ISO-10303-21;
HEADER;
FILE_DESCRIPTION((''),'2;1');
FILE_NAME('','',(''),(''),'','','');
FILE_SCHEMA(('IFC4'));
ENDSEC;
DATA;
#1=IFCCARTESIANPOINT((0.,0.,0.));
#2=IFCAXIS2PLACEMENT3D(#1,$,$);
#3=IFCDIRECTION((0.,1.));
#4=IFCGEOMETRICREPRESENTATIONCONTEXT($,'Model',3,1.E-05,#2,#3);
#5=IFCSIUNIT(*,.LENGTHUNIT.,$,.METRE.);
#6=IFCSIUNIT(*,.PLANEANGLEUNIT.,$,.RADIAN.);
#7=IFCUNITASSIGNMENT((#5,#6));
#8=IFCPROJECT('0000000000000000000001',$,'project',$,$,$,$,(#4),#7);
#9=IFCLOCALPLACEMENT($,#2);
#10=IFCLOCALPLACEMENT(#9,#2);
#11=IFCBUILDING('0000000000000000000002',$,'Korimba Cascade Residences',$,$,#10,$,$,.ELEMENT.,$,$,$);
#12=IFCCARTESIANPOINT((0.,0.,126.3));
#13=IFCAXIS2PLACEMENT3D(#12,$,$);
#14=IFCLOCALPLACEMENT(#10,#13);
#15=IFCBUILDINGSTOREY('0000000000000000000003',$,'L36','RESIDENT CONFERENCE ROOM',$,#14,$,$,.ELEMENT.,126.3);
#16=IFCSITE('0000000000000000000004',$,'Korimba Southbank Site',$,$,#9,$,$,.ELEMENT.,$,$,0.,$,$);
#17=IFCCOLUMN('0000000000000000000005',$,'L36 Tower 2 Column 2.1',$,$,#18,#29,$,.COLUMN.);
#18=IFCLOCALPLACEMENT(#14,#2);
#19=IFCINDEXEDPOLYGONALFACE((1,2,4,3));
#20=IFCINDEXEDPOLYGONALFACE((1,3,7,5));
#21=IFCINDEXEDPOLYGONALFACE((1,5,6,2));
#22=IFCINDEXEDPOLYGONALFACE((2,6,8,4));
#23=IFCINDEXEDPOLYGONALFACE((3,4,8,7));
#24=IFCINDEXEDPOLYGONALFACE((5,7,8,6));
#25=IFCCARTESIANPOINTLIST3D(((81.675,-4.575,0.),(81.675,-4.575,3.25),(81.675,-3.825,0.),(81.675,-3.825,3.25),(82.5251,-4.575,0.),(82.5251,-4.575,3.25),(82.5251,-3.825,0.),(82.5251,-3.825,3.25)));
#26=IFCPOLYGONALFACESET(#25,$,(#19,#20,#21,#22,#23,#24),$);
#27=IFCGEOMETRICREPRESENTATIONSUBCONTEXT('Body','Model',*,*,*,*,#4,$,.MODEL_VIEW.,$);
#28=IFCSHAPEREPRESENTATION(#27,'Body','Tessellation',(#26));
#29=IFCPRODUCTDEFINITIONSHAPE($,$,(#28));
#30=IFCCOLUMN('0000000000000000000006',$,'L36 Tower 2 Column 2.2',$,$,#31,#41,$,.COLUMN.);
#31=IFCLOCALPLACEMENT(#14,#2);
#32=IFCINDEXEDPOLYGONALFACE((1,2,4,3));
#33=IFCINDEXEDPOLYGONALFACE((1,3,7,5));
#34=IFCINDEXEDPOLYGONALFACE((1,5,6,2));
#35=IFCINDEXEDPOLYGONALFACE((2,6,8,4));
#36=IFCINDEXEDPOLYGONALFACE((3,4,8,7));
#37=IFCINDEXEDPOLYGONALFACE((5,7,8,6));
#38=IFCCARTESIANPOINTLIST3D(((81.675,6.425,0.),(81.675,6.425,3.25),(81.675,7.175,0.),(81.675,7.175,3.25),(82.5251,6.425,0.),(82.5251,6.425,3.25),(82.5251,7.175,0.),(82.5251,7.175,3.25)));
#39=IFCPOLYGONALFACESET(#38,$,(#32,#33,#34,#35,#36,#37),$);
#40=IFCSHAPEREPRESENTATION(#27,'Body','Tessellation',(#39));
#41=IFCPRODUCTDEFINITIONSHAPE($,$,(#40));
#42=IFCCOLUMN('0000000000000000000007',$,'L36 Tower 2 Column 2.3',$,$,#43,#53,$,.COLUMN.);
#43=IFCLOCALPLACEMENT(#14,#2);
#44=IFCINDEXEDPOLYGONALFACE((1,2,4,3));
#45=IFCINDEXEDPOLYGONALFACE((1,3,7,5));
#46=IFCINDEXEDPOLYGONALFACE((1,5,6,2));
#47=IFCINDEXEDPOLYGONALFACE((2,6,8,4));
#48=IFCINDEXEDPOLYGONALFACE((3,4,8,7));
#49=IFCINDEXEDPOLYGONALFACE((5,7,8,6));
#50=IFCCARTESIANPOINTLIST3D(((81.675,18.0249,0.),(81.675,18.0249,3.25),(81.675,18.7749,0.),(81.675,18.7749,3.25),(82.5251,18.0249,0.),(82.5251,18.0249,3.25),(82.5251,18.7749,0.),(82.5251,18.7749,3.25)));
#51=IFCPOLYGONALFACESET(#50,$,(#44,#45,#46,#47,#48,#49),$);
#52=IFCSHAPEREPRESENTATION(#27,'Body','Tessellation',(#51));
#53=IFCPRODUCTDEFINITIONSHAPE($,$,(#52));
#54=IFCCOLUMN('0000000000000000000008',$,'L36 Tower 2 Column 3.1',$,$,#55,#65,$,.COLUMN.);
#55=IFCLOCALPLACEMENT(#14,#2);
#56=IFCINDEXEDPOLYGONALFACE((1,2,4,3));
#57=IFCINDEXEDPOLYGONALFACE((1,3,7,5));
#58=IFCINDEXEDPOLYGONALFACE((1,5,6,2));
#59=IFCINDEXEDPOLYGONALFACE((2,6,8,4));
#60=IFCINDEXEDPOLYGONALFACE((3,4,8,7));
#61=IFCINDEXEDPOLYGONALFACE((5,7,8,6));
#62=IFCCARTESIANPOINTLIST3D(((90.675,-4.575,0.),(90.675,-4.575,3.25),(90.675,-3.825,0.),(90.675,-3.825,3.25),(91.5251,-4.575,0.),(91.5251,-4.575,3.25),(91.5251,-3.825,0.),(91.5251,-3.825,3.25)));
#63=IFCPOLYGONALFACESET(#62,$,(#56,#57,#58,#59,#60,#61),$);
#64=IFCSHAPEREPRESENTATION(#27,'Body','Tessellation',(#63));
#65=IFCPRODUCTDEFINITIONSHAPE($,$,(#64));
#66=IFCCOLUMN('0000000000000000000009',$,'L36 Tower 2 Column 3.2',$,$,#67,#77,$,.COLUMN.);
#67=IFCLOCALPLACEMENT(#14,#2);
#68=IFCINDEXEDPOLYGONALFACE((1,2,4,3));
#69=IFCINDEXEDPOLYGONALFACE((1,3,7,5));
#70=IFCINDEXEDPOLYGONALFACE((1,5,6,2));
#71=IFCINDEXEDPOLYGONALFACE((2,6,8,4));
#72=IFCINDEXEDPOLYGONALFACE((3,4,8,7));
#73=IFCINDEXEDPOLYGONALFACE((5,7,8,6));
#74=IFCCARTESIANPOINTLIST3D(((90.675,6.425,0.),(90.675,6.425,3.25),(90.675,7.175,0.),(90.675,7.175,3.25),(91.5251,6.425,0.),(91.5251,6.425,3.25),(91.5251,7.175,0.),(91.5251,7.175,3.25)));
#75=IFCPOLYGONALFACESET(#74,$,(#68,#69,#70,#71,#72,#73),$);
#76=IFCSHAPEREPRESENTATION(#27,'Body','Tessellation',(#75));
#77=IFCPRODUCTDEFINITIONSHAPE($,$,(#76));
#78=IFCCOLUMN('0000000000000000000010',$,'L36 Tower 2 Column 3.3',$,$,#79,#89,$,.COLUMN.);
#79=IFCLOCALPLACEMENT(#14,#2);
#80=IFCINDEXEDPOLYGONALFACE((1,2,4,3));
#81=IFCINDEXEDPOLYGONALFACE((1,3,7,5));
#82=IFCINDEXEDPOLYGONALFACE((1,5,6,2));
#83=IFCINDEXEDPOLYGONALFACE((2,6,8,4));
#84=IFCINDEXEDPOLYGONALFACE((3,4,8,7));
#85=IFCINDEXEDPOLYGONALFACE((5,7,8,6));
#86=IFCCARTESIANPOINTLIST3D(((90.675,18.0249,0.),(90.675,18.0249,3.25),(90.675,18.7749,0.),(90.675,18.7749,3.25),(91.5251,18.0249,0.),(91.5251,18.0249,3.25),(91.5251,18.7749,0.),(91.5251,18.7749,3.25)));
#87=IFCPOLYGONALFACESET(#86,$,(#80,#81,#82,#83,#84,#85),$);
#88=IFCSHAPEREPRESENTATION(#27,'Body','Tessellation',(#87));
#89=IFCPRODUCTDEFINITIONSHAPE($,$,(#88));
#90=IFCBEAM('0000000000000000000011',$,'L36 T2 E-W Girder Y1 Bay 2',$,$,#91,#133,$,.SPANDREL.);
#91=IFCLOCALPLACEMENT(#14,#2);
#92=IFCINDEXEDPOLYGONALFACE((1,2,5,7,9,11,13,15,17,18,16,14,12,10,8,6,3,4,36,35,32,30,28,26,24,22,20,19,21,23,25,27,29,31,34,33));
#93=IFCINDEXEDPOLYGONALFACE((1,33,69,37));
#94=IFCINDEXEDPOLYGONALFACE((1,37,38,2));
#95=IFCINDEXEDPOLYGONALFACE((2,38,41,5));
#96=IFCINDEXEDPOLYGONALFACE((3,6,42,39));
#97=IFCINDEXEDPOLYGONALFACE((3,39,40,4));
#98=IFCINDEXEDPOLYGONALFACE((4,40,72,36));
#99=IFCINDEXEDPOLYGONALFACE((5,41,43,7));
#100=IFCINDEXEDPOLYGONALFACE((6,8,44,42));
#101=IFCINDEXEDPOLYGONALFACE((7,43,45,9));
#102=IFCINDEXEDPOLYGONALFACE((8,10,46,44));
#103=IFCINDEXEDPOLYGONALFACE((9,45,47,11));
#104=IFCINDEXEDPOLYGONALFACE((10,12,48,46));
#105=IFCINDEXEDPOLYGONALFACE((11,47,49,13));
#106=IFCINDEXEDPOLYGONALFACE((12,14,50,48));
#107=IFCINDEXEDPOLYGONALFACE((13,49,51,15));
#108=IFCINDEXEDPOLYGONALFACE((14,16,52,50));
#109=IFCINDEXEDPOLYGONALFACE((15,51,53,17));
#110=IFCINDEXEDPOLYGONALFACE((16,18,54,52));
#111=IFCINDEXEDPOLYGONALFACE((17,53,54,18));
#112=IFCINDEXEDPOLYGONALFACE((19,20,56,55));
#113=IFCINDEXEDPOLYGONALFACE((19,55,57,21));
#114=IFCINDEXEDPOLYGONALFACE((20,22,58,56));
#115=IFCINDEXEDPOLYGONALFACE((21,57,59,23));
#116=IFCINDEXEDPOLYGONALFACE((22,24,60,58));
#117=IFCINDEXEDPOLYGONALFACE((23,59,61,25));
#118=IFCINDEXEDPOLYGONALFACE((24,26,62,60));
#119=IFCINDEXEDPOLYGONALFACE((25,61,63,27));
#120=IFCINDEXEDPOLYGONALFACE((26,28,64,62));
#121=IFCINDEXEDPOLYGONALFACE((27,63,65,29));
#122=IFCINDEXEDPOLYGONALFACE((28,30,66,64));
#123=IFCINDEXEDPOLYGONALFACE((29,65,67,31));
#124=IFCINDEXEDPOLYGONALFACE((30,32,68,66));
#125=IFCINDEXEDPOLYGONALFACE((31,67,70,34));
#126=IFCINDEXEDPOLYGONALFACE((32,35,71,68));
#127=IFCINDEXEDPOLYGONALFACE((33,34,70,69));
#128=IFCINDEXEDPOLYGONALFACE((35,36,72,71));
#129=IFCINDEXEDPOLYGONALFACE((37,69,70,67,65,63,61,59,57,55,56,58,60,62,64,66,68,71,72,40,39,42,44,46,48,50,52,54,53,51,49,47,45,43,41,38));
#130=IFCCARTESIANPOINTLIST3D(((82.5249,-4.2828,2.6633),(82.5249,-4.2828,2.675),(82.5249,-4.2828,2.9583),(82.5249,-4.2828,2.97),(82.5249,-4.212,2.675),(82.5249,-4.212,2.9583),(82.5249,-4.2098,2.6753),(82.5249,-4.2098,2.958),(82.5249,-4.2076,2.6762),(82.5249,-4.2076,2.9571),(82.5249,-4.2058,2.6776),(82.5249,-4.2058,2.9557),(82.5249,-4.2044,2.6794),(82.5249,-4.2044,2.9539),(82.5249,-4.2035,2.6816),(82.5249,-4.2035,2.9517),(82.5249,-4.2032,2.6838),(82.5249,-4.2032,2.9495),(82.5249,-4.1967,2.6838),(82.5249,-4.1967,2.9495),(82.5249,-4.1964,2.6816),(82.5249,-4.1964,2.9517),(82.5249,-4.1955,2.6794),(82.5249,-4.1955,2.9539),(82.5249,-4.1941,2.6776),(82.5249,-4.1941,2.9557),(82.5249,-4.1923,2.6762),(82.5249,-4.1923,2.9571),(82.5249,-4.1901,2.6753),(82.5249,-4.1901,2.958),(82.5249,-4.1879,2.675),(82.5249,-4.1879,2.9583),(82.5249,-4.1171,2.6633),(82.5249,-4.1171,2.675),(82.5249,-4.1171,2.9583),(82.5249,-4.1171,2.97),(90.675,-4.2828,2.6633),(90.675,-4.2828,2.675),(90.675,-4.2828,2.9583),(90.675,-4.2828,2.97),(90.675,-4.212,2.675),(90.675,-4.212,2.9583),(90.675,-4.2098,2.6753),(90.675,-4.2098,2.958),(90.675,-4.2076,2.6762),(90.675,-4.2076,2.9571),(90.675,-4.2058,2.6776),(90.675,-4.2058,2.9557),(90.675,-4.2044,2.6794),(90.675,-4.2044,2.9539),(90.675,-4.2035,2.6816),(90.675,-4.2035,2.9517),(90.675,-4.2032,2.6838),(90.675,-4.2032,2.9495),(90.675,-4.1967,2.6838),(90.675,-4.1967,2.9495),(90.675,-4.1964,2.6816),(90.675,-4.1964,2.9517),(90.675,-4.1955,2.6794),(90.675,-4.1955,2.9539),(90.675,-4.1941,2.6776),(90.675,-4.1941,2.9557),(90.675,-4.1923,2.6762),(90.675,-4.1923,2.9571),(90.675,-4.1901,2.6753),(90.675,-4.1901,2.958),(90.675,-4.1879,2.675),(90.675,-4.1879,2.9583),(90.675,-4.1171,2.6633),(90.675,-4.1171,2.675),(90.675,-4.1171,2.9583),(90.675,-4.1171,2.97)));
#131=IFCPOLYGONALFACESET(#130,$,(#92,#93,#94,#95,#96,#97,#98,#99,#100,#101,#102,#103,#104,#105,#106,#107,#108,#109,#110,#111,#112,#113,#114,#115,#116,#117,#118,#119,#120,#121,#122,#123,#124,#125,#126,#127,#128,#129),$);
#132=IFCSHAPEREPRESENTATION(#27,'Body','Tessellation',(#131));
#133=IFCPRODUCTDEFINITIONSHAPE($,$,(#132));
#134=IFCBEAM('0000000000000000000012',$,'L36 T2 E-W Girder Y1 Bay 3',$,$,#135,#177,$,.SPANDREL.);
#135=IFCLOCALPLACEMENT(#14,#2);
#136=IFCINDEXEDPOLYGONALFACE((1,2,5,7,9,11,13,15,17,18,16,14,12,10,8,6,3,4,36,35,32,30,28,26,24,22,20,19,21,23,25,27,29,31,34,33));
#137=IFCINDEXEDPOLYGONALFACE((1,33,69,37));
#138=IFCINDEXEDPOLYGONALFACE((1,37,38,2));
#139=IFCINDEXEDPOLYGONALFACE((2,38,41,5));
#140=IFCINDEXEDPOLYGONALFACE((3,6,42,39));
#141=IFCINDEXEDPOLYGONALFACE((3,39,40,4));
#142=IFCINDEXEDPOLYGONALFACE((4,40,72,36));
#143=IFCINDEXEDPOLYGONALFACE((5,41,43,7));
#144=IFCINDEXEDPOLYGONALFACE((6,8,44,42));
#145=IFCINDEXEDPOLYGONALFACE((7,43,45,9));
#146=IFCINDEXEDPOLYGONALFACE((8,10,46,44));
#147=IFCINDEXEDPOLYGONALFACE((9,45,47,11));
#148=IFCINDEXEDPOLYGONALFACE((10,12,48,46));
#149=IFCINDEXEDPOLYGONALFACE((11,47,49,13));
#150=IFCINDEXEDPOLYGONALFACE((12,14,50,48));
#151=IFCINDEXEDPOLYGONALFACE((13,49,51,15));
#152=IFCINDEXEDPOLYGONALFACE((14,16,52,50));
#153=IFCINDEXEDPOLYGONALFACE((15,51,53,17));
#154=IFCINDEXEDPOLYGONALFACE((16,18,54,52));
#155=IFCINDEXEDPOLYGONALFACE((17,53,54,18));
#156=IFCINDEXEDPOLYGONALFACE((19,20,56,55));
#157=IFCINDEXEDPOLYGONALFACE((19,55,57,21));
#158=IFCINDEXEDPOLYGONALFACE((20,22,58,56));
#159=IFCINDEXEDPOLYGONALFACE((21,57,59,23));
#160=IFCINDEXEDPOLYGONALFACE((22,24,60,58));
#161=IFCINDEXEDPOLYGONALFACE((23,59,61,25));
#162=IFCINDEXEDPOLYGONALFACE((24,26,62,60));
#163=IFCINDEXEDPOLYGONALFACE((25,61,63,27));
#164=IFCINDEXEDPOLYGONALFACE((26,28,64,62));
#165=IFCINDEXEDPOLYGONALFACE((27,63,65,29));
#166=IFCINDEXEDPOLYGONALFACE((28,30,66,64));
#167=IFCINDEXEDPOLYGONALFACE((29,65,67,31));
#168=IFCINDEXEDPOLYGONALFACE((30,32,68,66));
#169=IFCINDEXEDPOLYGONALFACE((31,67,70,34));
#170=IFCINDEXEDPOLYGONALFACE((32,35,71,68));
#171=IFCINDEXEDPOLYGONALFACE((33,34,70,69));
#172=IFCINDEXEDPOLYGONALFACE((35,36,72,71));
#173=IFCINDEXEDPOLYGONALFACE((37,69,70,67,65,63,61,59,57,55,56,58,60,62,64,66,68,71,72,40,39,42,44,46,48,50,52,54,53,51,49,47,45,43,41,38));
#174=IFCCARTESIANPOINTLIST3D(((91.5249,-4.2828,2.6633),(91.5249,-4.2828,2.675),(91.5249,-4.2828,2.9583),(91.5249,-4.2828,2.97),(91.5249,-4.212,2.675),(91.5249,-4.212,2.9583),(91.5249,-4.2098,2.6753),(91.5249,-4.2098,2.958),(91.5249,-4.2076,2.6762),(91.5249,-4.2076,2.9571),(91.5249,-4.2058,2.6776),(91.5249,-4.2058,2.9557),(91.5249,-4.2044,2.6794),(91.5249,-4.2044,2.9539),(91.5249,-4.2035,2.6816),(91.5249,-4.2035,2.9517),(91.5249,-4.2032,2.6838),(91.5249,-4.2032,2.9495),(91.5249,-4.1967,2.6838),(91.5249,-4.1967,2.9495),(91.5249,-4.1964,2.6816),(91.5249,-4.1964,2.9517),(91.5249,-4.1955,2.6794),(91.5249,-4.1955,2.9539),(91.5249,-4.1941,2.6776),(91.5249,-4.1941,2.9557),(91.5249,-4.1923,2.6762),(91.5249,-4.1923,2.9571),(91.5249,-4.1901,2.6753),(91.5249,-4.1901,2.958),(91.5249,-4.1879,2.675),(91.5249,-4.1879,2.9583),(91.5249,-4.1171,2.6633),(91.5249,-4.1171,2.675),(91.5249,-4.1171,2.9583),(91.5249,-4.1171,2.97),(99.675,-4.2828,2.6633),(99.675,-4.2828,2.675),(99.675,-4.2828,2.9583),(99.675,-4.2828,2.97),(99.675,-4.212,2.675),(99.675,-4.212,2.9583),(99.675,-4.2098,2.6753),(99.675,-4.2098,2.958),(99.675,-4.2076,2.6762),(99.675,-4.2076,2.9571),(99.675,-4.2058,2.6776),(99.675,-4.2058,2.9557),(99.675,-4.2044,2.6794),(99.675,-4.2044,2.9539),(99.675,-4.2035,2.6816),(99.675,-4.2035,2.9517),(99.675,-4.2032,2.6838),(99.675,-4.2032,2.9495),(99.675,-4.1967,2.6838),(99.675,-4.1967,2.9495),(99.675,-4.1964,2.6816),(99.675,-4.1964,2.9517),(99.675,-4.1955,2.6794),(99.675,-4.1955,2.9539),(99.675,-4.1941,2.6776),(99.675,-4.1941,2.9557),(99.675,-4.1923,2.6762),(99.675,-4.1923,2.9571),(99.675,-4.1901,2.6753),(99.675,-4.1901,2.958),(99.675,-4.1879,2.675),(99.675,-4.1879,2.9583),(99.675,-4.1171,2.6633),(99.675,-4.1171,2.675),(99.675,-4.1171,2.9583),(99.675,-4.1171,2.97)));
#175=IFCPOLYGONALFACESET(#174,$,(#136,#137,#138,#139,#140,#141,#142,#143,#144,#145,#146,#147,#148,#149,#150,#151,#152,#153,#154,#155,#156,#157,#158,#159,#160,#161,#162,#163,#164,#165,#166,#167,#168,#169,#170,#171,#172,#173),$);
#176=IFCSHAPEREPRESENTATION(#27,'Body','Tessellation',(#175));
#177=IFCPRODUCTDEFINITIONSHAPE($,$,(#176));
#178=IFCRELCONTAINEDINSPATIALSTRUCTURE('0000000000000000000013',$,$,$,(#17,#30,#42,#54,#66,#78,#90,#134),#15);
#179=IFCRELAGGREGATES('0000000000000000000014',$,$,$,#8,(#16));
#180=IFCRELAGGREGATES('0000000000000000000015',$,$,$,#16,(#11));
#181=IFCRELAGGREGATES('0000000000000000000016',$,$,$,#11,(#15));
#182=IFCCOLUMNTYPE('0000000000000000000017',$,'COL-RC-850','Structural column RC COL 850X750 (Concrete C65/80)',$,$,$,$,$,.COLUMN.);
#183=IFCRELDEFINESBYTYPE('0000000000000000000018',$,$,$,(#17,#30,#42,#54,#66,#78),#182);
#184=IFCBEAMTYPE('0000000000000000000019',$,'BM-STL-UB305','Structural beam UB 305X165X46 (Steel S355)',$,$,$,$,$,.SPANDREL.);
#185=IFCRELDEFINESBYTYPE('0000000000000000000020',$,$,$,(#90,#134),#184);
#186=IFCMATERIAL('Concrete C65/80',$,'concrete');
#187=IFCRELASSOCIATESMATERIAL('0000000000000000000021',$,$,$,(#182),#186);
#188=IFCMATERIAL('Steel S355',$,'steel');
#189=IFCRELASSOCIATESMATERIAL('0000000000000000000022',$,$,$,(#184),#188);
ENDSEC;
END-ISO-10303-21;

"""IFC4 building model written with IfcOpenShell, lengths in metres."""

from ifc_helpers import new_model, si_unit, direction, frame, origin, origin_2d, place, context, subcontext, project, spatial, rectangle, i_section, extrude, material, material_profile, profile_set, type_object, element, save


model = new_model("IFC4")

# Units and contexts
model_context = context("Model", 3, precision=1e-05, world=origin(), true_north=direction((0.0, 1.0)))
body_context = subcontext(model_context, "Body", "Model", "MODEL_VIEW")
ifc_project = project(units=[si_unit("LENGTHUNIT", "METRE"), si_unit("PLANEANGLEUNIT", "RADIAN")], contexts=[model_context])

# Site, building, storey
site_placement = place(None, origin())
site = spatial("IfcSite", under=ifc_project, at=site_placement, Name="Korimba Southbank Site", CompositionType="ELEMENT", RefElevation=0.0)
building_placement = place(site_placement, origin())
building = spatial("IfcBuilding", under=site, at=building_placement, Name="Korimba Cascade Residences", CompositionType="ELEMENT")
storey_placement = place(building_placement, frame((0.0, 0.0, 126.3)))
storey = spatial("IfcBuildingStorey", under=building, at=storey_placement, Name="L36", Description="RESIDENT CONFERENCE ROOM", CompositionType="ELEMENT", Elevation=126.3)

# Columns
ifc_material_1 = material(Name="Concrete C65/80", Category="concrete")
ifc_material_profile_1 = material_profile(ifc_material_1, rectangle(XDim=0.8501, YDim=0.75, at=origin_2d()), Name="Concrete C65/80")
ifc_profile_set_1 = profile_set([ifc_material_profile_1], Name="Concrete C65/80")
column_type = type_object("IfcColumnType", Name="COL-RC-850", Description="Structural column RC COL 850X750 (Concrete C65/80)", PredefinedType="COLUMN", material=ifc_profile_set_1)
for number, where, z_axis, x_axis, name in (
    (1, (82.1001, -4.2, 0.0), (0.0, 0.0, 1.0), (1.0, 0.0, 0.0), "L36 Tower 2 Column 2.1"),
    (2, (82.1001, 6.8, 0.0), (0.0, 0.0, 1.0), (1.0, 0.0, 0.0), "L36 Tower 2 Column 2.2"),
    (3, (82.1001, 18.3999, 0.0), (0.0, 0.0, 1.0), (1.0, 0.0, 0.0), "L36 Tower 2 Column 2.3"),
    (4, (91.1001, -4.2, 0.0), (0.0, 0.0, 1.0), (1.0, 0.0, 0.0), "L36 Tower 2 Column 3.1"),
    (5, (91.1001, 6.8, 0.0), (0.0, 0.0, 1.0), (1.0, 0.0, 0.0), "L36 Tower 2 Column 3.2"),
    (6, (91.1001, 18.3999, 0.0), (0.0, 0.0, 1.0), (1.0, 0.0, 0.0), "L36 Tower 2 Column 3.3"),
):
    element("IfcColumn", number, at=place(storey_placement, frame(where, z_axis=z_axis, x_axis=x_axis)), inside=storey, type_object=column_type, Name=name, PredefinedType="COLUMN", context=body_context, shape_type="SweptSolid", body=[
        extrude(rectangle(XDim=0.8501, YDim=0.75, at=origin_2d()), origin(), (0.0, 0.0, 1.0), 3.25),
    ])

# Beams
ifc_material_2 = material(Name="Steel S355", Category="steel")
ifc_material_profile_2 = material_profile(ifc_material_2, i_section(OverallWidth=0.1658, OverallDepth=0.3066, WebThickness=0.0066, FlangeThickness=0.0117, FilletRadius=0.0088, at=origin_2d()), Name="Steel S355")
ifc_profile_set_2 = profile_set([ifc_material_profile_2], Name="Steel S355")
beam_type_1 = type_object("IfcBeamType", Name="BM-STL-UB305", Description="Structural beam UB 305X165X46 (Steel S355)", PredefinedType="SPANDREL", material=ifc_profile_set_2)
for number, where, z_axis, x_axis, name in (
    (7, (82.5249, -4.2, 2.8167), (1.0, 0.0, 0.0), (0.0, 1.0, 0.0), "L36 T2 E-W Girder Y1 Bay 2"),
    (8, (91.5249, -4.2, 2.8167), (1.0, 0.0, 0.0), (0.0, 1.0, 0.0), "L36 T2 E-W Girder Y1 Bay 3"),
):
    element("IfcBeam", number, at=place(storey_placement, frame(where, z_axis=z_axis, x_axis=x_axis)), inside=storey, type_object=beam_type_1, Name=name, PredefinedType="SPANDREL", context=body_context, shape_type="SweptSolid", body=[
        extrude(i_section(OverallWidth=0.1658, OverallDepth=0.3066, WebThickness=0.0066, FlangeThickness=0.0117, FilletRadius=0.0088, at=origin_2d()), origin(), (0.0, 0.0, 1.0), 8.1501),
    ])

save(model, "model.ifc")
